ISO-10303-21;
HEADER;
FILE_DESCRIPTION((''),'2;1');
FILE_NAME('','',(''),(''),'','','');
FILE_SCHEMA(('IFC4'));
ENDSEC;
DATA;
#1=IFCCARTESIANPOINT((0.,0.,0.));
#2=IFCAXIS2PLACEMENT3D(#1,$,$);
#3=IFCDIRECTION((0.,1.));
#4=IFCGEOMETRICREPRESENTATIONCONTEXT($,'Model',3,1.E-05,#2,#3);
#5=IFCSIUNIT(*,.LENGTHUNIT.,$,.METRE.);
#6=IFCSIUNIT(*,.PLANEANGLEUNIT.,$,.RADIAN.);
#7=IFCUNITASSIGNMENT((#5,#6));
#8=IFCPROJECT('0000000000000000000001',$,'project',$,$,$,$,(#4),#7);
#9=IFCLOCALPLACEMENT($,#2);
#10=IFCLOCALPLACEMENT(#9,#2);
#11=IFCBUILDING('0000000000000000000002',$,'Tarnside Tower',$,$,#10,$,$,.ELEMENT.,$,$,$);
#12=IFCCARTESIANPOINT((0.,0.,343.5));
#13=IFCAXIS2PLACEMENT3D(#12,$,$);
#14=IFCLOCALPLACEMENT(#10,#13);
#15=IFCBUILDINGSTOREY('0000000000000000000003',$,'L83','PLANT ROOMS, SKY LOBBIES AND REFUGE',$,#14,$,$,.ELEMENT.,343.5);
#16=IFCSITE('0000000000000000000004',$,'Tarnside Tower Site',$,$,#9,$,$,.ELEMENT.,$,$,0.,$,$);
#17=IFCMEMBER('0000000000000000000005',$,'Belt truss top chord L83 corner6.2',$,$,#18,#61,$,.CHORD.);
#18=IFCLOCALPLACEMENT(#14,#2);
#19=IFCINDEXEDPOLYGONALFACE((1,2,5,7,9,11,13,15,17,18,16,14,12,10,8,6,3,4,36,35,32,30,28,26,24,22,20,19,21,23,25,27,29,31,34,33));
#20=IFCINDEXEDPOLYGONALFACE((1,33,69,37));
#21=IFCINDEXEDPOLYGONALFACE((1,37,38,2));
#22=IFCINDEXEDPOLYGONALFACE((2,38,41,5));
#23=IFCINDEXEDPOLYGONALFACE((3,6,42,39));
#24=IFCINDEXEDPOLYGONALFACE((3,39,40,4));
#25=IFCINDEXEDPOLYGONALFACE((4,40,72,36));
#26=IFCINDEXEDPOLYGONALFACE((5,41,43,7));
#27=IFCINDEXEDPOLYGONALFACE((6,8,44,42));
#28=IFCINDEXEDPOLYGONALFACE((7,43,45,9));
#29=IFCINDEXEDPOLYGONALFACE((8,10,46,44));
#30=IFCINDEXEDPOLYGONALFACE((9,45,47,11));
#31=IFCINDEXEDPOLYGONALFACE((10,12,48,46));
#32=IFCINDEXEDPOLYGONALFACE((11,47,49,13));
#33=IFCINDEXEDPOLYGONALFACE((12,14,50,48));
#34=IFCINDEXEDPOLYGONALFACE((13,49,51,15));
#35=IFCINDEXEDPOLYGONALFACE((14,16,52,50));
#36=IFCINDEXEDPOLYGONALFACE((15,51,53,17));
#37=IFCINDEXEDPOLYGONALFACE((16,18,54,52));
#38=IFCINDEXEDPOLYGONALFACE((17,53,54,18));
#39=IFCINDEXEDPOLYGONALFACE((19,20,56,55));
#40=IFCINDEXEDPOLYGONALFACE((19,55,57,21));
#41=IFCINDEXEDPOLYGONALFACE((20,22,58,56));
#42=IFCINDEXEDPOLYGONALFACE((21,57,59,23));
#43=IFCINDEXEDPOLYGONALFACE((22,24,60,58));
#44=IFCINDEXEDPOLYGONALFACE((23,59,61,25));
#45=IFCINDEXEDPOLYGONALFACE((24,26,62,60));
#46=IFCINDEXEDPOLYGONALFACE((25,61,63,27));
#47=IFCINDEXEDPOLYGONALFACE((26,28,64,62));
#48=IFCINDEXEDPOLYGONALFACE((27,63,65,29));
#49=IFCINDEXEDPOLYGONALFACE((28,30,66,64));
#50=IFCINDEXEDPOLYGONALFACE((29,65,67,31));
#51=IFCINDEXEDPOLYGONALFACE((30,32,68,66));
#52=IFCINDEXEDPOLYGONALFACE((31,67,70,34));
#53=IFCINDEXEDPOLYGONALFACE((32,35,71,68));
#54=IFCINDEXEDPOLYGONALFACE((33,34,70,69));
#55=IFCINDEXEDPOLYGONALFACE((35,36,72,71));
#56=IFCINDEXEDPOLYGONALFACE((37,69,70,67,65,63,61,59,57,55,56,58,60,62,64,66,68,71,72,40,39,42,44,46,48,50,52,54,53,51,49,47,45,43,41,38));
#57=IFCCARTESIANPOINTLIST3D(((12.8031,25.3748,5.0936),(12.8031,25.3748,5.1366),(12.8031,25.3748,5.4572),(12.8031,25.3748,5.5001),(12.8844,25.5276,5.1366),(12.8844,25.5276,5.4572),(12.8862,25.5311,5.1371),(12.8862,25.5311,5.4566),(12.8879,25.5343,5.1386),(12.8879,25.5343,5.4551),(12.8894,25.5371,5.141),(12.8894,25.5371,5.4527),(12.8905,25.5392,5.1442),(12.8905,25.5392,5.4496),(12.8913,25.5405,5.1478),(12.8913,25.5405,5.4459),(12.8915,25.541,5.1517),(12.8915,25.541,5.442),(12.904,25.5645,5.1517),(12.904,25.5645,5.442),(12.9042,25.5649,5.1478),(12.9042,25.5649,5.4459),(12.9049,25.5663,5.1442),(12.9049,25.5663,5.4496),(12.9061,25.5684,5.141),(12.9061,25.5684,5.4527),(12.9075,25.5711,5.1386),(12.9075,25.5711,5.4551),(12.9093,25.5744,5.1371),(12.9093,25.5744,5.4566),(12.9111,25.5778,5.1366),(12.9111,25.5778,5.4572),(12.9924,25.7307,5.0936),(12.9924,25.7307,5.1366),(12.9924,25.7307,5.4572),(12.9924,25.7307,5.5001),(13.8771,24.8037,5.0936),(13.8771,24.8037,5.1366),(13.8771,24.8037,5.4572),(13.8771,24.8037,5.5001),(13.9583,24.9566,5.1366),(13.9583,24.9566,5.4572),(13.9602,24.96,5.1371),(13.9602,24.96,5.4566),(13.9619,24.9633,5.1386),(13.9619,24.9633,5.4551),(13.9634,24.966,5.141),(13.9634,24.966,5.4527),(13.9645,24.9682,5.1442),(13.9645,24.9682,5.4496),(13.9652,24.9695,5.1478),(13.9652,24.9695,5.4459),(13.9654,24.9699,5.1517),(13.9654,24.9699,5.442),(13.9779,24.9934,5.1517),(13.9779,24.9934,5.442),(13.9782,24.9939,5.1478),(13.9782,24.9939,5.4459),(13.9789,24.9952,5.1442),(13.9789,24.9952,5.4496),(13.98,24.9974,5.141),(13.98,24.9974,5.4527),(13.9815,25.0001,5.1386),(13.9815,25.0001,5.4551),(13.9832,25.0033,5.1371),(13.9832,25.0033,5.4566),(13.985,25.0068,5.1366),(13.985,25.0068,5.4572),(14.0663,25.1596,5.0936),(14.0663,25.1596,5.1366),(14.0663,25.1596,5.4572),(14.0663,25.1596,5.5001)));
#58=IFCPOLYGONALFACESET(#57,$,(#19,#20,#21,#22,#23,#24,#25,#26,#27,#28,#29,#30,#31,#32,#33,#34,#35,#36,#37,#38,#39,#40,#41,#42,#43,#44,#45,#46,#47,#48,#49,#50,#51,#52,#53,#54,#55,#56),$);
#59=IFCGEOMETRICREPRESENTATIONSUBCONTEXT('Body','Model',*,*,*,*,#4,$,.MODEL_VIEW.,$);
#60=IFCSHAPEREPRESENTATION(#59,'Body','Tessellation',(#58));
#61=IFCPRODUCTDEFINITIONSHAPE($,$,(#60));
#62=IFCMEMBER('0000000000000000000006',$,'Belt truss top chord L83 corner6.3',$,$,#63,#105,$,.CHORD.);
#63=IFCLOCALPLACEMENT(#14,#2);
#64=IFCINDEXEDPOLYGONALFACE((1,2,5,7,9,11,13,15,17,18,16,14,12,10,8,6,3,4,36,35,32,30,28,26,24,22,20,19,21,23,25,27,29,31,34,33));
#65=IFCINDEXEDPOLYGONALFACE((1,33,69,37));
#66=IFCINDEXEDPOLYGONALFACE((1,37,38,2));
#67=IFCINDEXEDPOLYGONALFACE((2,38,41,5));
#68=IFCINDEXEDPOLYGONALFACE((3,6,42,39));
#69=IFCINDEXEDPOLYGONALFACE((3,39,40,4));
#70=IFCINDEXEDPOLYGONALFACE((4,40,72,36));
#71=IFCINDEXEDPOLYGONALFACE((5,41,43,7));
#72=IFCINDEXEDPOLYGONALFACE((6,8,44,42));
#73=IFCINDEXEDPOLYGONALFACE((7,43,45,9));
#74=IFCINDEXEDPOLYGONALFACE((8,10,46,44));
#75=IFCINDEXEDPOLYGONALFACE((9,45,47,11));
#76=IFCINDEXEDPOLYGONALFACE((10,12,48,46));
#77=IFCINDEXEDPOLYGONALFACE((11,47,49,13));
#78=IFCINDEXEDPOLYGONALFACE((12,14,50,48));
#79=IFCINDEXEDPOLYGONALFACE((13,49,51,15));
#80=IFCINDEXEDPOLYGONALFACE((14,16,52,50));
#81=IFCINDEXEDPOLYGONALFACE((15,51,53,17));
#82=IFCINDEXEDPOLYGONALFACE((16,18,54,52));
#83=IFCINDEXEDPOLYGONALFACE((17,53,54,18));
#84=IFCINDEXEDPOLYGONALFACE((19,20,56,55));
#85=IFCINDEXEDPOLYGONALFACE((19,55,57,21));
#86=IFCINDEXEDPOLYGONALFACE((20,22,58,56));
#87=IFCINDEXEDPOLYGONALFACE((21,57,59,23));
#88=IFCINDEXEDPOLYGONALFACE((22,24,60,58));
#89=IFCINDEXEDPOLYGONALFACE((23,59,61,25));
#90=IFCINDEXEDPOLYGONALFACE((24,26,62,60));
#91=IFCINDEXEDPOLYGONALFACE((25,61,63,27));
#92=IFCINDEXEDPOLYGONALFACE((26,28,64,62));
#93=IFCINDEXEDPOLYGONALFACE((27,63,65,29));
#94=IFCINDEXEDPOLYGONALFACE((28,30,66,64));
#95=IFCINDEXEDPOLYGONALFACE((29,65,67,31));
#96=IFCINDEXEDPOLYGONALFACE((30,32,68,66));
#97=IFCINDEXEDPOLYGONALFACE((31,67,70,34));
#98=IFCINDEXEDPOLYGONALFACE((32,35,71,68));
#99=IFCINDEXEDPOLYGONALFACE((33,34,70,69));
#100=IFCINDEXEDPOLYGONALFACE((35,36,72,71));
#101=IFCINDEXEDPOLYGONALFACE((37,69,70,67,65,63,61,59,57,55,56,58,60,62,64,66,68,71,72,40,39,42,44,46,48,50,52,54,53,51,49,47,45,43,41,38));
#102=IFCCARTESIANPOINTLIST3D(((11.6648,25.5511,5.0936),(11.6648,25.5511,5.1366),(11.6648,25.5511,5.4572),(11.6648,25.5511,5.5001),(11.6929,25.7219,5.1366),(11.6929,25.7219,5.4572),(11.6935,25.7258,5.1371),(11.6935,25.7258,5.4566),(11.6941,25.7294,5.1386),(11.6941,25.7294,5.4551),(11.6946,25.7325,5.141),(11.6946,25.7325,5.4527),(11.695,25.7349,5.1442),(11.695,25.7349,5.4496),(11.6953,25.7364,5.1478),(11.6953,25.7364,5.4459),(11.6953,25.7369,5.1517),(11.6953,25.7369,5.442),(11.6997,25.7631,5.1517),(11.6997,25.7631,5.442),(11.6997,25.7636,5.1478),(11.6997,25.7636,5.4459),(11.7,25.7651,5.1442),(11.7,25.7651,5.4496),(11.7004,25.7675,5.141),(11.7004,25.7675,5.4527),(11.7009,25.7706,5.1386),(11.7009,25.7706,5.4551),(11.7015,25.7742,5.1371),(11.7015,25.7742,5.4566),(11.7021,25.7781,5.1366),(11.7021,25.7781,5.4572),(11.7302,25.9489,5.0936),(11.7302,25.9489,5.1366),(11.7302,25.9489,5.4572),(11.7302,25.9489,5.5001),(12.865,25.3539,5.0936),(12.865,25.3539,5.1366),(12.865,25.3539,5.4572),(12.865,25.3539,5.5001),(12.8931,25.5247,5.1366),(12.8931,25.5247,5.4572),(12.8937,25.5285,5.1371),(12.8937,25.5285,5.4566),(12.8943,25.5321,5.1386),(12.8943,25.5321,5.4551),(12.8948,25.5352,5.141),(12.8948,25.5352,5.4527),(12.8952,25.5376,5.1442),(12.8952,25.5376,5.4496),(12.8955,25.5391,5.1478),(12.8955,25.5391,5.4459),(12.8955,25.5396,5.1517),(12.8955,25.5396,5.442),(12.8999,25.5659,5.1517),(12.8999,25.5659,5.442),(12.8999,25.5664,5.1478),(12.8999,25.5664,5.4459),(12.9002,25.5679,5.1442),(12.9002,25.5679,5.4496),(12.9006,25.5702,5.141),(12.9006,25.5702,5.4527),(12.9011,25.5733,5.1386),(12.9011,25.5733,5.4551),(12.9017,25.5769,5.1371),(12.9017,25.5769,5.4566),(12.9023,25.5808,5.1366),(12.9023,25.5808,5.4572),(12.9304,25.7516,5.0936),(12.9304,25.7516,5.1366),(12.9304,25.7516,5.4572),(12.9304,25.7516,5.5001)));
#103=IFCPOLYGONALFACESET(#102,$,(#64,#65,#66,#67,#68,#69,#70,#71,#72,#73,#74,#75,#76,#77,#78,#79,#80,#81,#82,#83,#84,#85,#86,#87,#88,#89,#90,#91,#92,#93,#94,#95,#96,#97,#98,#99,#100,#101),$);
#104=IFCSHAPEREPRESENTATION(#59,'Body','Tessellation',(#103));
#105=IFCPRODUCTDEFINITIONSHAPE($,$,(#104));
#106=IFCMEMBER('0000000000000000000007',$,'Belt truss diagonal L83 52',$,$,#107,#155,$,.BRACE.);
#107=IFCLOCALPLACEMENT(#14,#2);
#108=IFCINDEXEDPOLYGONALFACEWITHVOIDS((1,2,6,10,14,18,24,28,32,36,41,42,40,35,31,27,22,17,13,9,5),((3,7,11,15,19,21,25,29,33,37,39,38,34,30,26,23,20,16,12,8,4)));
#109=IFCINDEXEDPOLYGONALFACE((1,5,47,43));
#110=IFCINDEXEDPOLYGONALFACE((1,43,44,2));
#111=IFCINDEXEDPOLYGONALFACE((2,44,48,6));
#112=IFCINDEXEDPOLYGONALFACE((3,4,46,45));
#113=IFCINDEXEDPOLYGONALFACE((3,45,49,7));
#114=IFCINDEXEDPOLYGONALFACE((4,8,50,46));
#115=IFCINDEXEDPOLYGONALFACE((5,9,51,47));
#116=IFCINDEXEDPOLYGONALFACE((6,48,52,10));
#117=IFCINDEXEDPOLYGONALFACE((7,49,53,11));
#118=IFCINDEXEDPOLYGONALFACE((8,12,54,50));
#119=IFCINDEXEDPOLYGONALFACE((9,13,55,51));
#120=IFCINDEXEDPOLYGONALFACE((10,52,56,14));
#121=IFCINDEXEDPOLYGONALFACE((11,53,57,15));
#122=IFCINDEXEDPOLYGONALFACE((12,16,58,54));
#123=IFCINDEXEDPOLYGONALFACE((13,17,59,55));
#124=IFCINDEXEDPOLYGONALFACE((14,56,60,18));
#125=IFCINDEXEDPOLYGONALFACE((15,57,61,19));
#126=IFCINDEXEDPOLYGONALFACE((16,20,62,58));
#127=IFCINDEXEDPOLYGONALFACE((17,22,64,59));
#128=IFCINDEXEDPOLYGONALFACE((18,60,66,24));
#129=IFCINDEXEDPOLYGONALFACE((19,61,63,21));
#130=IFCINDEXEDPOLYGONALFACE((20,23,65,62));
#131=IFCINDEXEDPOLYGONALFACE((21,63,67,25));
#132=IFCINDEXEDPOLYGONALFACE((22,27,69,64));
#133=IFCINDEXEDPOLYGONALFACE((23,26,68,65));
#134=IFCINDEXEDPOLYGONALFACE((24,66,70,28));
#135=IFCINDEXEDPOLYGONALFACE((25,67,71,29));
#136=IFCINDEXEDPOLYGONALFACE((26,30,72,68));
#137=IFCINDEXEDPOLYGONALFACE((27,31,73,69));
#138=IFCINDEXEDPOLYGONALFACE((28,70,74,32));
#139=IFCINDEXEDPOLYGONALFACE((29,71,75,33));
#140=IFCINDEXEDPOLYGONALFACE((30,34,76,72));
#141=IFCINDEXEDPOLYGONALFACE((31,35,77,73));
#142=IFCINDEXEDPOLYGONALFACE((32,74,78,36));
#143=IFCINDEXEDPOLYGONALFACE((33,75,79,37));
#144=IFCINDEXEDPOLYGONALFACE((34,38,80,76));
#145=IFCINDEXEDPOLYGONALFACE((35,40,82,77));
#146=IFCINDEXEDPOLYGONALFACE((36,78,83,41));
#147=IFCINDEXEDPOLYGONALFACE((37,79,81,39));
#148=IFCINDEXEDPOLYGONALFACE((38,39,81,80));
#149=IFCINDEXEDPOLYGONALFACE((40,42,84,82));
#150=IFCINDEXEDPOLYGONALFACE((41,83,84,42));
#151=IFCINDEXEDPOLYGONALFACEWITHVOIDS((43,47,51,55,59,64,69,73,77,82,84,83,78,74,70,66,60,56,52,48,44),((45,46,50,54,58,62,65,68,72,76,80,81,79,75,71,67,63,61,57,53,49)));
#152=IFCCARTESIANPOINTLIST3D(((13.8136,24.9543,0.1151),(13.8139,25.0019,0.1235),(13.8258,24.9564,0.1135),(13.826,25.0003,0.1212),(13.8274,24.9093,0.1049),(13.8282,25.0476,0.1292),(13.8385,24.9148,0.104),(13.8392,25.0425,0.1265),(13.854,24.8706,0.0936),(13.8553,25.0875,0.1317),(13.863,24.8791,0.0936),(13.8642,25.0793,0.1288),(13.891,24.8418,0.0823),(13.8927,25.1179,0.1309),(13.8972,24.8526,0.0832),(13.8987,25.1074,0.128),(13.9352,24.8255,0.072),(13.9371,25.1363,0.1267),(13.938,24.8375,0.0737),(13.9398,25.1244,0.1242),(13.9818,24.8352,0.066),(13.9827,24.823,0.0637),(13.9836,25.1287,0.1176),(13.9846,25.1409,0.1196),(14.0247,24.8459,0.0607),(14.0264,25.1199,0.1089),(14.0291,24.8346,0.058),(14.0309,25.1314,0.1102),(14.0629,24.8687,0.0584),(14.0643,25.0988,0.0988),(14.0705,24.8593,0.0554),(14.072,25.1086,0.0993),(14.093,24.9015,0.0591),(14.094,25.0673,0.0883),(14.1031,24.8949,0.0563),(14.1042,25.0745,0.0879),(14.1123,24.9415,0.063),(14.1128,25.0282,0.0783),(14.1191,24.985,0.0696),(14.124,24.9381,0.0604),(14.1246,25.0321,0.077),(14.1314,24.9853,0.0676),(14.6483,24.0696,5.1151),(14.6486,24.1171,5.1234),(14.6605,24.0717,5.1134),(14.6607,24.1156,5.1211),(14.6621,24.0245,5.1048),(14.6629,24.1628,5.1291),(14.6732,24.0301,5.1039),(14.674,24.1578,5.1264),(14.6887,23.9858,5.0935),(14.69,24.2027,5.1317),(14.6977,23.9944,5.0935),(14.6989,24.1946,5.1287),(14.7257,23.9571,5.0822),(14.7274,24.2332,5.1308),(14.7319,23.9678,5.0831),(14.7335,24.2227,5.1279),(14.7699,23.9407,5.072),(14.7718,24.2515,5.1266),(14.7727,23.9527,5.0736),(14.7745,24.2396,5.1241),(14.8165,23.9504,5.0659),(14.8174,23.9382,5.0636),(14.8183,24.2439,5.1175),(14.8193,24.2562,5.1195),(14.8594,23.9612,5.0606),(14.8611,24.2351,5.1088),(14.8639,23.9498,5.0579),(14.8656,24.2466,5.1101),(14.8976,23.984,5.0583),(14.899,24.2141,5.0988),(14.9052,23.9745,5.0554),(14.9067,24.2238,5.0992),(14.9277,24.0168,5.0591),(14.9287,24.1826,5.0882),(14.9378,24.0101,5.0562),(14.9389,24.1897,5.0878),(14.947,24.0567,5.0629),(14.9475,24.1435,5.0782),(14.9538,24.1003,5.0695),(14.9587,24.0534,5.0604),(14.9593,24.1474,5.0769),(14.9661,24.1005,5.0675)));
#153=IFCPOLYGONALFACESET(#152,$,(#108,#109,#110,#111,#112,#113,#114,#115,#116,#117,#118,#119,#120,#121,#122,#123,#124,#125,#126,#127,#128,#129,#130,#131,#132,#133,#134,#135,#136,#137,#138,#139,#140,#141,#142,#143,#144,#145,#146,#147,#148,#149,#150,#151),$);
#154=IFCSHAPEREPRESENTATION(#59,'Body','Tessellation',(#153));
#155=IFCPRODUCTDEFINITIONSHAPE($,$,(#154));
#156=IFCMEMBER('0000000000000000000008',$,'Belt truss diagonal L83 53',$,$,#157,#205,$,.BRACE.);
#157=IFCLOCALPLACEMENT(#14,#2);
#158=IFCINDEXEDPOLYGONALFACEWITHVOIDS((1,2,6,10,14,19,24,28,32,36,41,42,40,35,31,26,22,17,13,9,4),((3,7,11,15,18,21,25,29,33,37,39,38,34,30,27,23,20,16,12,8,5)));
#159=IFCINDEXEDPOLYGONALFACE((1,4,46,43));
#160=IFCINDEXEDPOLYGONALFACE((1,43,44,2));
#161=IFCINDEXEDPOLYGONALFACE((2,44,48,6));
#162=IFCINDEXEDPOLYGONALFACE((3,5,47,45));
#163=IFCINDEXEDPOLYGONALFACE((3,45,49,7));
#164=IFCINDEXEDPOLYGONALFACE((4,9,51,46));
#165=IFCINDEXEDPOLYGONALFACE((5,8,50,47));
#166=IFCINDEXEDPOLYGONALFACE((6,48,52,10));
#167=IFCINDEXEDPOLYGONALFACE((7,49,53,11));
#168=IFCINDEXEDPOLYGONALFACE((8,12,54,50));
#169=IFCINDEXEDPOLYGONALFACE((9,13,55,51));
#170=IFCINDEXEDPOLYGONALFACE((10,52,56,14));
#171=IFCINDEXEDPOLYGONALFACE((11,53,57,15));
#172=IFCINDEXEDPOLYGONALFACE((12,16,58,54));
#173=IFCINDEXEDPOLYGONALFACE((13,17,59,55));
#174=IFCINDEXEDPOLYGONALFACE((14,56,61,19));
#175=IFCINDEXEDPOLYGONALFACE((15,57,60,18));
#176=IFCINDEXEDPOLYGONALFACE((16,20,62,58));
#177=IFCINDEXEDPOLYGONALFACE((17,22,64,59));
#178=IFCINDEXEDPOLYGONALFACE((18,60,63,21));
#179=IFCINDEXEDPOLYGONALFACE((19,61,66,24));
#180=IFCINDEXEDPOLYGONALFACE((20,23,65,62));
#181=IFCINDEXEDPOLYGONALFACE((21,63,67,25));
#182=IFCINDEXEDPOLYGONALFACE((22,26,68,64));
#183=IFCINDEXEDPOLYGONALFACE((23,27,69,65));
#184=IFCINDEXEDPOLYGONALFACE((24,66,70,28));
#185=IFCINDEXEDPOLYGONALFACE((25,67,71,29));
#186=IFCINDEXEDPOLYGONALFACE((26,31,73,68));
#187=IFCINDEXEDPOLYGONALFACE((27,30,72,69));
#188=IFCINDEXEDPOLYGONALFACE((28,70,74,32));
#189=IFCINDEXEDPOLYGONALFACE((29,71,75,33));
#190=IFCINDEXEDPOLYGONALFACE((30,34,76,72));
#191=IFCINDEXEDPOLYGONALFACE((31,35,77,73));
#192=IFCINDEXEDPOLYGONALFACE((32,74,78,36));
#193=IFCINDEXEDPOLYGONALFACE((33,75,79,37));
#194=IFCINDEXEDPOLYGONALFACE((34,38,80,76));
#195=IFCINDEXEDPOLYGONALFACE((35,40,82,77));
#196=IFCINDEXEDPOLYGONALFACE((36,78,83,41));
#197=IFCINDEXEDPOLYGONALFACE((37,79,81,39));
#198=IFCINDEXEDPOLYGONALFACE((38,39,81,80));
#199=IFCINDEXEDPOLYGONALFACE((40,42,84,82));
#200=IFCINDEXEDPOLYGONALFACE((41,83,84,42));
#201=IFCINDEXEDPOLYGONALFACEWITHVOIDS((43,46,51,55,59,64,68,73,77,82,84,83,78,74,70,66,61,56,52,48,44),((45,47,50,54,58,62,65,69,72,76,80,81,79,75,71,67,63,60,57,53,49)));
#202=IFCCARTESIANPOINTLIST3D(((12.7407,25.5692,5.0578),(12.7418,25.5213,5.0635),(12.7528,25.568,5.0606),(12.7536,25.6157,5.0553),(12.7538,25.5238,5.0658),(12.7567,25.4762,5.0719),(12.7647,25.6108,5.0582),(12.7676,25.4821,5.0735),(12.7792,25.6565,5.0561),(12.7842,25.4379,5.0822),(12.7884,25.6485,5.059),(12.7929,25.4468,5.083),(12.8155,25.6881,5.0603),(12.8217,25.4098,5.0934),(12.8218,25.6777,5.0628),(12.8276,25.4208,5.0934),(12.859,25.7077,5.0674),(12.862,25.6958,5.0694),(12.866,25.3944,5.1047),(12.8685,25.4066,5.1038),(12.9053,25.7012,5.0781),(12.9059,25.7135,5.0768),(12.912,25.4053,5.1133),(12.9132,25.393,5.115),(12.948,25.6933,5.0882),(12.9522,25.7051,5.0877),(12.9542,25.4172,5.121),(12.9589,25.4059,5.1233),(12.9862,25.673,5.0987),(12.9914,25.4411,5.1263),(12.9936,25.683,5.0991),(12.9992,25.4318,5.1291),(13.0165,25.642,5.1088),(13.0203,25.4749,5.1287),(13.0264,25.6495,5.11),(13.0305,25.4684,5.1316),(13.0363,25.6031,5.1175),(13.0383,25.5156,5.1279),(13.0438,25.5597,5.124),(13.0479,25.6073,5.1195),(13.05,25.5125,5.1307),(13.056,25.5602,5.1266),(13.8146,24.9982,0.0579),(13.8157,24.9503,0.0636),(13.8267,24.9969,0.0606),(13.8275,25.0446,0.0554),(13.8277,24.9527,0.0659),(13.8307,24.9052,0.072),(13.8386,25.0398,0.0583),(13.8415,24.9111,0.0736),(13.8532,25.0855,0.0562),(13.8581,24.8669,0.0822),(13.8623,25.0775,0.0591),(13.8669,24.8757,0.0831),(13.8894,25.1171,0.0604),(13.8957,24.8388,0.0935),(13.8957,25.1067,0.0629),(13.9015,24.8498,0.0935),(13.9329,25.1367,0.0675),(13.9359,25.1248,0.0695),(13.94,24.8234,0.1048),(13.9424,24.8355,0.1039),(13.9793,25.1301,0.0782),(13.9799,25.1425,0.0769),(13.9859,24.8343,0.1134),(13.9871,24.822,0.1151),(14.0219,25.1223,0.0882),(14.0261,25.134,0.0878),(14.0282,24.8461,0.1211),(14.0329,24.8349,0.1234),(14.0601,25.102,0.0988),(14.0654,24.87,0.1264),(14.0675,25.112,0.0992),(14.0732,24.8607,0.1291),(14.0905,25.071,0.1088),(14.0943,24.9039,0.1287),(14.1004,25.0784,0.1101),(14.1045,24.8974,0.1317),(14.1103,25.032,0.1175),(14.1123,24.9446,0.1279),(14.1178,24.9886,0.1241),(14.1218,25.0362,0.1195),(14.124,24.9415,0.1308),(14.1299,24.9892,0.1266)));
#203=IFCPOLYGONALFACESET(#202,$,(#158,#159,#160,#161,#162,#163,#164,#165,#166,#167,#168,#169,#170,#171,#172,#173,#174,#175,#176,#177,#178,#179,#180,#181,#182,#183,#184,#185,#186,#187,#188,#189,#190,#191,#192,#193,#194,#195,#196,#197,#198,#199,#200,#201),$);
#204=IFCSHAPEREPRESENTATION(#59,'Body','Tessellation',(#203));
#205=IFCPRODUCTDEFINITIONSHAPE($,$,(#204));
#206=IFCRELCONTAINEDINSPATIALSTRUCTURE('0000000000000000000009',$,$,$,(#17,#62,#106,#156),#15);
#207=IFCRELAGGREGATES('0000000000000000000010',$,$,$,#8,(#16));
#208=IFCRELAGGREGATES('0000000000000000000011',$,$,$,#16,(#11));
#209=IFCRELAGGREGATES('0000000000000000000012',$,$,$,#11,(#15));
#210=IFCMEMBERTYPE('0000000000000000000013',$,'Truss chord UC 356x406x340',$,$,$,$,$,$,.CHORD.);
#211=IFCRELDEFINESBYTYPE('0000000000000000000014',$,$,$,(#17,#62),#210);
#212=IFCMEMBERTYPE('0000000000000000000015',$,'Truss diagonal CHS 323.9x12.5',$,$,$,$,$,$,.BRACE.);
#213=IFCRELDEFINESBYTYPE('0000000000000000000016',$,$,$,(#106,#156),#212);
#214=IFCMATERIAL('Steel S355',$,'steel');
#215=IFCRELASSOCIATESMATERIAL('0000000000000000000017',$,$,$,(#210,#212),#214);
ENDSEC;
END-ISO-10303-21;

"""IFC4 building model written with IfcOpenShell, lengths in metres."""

from ifc_helpers import new_model, si_unit, direction, frame, origin, origin_2d, place, context, subcontext, project, spatial, hollow_circle, i_section, extrude, material, material_profile, profile_set, type_object, element, save


model = new_model("IFC4")

# Units and contexts
model_context = context("Model", 3, precision=1e-05, world=origin(), true_north=direction((0.0, 1.0)))
body_context = subcontext(model_context, "Body", "Model", "MODEL_VIEW")
ifc_project = project(units=[si_unit("LENGTHUNIT", "METRE"), si_unit("PLANEANGLEUNIT", "RADIAN")], contexts=[model_context])

# Site, building, storey
site_placement = place(None, origin())
site = spatial("IfcSite", under=ifc_project, at=site_placement, Name="Tarnside Tower Site", CompositionType="ELEMENT", RefElevation=0.0)
building_placement = place(site_placement, origin())
building = spatial("IfcBuilding", under=site, at=building_placement, Name="Tarnside Tower", CompositionType="ELEMENT")
storey_placement = place(building_placement, frame((0.0, 0.0, 343.5)))
storey = spatial("IfcBuildingStorey", under=building, at=storey_placement, Name="L83", Description="PLANT ROOMS, SKY LOBBIES AND REFUGE", CompositionType="ELEMENT", Elevation=343.5)

# Shared definitions
ifc_material_1 = material(Name="Steel S355", Category="steel")

# Members
ifc_material_profile_1 = material_profile(ifc_material_1, i_section(OverallWidth=0.4031, OverallDepth=0.4065, WebThickness=0.0266, FlangeThickness=0.043, FilletRadius=0.0151, at=origin_2d()), Name="UC 356x406x340")
ifc_profile_set_1 = profile_set([ifc_material_profile_1], Name="Steel S355")
member_type_1 = type_object("IfcMemberType", Name="Truss chord UC 356x406x340", PredefinedType="CHORD", material=ifc_profile_set_1)
for number, where, z_axis, x_axis, name in (
    (1, (13.9717, 24.9817, 5.2969), (-0.882947, 0.469473, 0.0), (-0.469473, -0.882947, 0.0), "Belt truss top chord L83 corner6.2"),
    (2, (12.8977, 25.5527, 5.2969), (-0.98676, 0.162185, 0.0), (-0.162185, -0.98676, 0.0), "Belt truss top chord L83 corner6.3"),
):
    element("IfcMember", number, at=place(storey_placement, frame(where, z_axis=z_axis, x_axis=x_axis)), inside=storey, type_object=member_type_1, Name=name, PredefinedType="CHORD", context=body_context, shape_type="SweptSolid", body=[
        extrude(i_section(OverallWidth=0.4031, OverallDepth=0.4065, WebThickness=0.0266, FlangeThickness=0.043, FilletRadius=0.0151, at=origin_2d()), origin(), (0.0, 0.0, 1.0), 1.2163),
    ])
ifc_material_profile_2 = material_profile(ifc_material_1, hollow_circle(Radius=0.1619, WallThickness=0.0125, at=origin_2d()), Name="CHS 323.9x12.5")
ifc_profile_set_2 = profile_set([ifc_material_profile_2], Name="Steel S355")
member_type_2 = type_object("IfcMemberType", Name="Truss diagonal CHS 323.9x12.5", PredefinedType="BRACE", material=ifc_profile_set_2)
for number, where, z_axis, x_axis, name in (
    (3, (14.8064, 24.0969, 5.0935), (-0.162212, 0.171938, -0.971661), (-0.72738, -0.686234, 0.0), "Belt truss diagonal L83 52"),
    (4, (13.9717, 24.9817, 0.0935), (-0.208708, 0.110972, 0.971662), (-0.469473, -0.882947, 0.0), "Belt truss diagonal L83 53"),
):
    element("IfcMember", number, at=place(storey_placement, frame(where, z_axis=z_axis, x_axis=x_axis)), inside=storey, type_object=member_type_2, Name=name, PredefinedType="BRACE", context=body_context, shape_type="SweptSolid", body=[
        extrude(hollow_circle(Radius=0.1619, WallThickness=0.0125, at=origin_2d()), origin(), (0.0, 0.0, 1.0), 5.1458),
    ])

save(model, "model.ifc")
